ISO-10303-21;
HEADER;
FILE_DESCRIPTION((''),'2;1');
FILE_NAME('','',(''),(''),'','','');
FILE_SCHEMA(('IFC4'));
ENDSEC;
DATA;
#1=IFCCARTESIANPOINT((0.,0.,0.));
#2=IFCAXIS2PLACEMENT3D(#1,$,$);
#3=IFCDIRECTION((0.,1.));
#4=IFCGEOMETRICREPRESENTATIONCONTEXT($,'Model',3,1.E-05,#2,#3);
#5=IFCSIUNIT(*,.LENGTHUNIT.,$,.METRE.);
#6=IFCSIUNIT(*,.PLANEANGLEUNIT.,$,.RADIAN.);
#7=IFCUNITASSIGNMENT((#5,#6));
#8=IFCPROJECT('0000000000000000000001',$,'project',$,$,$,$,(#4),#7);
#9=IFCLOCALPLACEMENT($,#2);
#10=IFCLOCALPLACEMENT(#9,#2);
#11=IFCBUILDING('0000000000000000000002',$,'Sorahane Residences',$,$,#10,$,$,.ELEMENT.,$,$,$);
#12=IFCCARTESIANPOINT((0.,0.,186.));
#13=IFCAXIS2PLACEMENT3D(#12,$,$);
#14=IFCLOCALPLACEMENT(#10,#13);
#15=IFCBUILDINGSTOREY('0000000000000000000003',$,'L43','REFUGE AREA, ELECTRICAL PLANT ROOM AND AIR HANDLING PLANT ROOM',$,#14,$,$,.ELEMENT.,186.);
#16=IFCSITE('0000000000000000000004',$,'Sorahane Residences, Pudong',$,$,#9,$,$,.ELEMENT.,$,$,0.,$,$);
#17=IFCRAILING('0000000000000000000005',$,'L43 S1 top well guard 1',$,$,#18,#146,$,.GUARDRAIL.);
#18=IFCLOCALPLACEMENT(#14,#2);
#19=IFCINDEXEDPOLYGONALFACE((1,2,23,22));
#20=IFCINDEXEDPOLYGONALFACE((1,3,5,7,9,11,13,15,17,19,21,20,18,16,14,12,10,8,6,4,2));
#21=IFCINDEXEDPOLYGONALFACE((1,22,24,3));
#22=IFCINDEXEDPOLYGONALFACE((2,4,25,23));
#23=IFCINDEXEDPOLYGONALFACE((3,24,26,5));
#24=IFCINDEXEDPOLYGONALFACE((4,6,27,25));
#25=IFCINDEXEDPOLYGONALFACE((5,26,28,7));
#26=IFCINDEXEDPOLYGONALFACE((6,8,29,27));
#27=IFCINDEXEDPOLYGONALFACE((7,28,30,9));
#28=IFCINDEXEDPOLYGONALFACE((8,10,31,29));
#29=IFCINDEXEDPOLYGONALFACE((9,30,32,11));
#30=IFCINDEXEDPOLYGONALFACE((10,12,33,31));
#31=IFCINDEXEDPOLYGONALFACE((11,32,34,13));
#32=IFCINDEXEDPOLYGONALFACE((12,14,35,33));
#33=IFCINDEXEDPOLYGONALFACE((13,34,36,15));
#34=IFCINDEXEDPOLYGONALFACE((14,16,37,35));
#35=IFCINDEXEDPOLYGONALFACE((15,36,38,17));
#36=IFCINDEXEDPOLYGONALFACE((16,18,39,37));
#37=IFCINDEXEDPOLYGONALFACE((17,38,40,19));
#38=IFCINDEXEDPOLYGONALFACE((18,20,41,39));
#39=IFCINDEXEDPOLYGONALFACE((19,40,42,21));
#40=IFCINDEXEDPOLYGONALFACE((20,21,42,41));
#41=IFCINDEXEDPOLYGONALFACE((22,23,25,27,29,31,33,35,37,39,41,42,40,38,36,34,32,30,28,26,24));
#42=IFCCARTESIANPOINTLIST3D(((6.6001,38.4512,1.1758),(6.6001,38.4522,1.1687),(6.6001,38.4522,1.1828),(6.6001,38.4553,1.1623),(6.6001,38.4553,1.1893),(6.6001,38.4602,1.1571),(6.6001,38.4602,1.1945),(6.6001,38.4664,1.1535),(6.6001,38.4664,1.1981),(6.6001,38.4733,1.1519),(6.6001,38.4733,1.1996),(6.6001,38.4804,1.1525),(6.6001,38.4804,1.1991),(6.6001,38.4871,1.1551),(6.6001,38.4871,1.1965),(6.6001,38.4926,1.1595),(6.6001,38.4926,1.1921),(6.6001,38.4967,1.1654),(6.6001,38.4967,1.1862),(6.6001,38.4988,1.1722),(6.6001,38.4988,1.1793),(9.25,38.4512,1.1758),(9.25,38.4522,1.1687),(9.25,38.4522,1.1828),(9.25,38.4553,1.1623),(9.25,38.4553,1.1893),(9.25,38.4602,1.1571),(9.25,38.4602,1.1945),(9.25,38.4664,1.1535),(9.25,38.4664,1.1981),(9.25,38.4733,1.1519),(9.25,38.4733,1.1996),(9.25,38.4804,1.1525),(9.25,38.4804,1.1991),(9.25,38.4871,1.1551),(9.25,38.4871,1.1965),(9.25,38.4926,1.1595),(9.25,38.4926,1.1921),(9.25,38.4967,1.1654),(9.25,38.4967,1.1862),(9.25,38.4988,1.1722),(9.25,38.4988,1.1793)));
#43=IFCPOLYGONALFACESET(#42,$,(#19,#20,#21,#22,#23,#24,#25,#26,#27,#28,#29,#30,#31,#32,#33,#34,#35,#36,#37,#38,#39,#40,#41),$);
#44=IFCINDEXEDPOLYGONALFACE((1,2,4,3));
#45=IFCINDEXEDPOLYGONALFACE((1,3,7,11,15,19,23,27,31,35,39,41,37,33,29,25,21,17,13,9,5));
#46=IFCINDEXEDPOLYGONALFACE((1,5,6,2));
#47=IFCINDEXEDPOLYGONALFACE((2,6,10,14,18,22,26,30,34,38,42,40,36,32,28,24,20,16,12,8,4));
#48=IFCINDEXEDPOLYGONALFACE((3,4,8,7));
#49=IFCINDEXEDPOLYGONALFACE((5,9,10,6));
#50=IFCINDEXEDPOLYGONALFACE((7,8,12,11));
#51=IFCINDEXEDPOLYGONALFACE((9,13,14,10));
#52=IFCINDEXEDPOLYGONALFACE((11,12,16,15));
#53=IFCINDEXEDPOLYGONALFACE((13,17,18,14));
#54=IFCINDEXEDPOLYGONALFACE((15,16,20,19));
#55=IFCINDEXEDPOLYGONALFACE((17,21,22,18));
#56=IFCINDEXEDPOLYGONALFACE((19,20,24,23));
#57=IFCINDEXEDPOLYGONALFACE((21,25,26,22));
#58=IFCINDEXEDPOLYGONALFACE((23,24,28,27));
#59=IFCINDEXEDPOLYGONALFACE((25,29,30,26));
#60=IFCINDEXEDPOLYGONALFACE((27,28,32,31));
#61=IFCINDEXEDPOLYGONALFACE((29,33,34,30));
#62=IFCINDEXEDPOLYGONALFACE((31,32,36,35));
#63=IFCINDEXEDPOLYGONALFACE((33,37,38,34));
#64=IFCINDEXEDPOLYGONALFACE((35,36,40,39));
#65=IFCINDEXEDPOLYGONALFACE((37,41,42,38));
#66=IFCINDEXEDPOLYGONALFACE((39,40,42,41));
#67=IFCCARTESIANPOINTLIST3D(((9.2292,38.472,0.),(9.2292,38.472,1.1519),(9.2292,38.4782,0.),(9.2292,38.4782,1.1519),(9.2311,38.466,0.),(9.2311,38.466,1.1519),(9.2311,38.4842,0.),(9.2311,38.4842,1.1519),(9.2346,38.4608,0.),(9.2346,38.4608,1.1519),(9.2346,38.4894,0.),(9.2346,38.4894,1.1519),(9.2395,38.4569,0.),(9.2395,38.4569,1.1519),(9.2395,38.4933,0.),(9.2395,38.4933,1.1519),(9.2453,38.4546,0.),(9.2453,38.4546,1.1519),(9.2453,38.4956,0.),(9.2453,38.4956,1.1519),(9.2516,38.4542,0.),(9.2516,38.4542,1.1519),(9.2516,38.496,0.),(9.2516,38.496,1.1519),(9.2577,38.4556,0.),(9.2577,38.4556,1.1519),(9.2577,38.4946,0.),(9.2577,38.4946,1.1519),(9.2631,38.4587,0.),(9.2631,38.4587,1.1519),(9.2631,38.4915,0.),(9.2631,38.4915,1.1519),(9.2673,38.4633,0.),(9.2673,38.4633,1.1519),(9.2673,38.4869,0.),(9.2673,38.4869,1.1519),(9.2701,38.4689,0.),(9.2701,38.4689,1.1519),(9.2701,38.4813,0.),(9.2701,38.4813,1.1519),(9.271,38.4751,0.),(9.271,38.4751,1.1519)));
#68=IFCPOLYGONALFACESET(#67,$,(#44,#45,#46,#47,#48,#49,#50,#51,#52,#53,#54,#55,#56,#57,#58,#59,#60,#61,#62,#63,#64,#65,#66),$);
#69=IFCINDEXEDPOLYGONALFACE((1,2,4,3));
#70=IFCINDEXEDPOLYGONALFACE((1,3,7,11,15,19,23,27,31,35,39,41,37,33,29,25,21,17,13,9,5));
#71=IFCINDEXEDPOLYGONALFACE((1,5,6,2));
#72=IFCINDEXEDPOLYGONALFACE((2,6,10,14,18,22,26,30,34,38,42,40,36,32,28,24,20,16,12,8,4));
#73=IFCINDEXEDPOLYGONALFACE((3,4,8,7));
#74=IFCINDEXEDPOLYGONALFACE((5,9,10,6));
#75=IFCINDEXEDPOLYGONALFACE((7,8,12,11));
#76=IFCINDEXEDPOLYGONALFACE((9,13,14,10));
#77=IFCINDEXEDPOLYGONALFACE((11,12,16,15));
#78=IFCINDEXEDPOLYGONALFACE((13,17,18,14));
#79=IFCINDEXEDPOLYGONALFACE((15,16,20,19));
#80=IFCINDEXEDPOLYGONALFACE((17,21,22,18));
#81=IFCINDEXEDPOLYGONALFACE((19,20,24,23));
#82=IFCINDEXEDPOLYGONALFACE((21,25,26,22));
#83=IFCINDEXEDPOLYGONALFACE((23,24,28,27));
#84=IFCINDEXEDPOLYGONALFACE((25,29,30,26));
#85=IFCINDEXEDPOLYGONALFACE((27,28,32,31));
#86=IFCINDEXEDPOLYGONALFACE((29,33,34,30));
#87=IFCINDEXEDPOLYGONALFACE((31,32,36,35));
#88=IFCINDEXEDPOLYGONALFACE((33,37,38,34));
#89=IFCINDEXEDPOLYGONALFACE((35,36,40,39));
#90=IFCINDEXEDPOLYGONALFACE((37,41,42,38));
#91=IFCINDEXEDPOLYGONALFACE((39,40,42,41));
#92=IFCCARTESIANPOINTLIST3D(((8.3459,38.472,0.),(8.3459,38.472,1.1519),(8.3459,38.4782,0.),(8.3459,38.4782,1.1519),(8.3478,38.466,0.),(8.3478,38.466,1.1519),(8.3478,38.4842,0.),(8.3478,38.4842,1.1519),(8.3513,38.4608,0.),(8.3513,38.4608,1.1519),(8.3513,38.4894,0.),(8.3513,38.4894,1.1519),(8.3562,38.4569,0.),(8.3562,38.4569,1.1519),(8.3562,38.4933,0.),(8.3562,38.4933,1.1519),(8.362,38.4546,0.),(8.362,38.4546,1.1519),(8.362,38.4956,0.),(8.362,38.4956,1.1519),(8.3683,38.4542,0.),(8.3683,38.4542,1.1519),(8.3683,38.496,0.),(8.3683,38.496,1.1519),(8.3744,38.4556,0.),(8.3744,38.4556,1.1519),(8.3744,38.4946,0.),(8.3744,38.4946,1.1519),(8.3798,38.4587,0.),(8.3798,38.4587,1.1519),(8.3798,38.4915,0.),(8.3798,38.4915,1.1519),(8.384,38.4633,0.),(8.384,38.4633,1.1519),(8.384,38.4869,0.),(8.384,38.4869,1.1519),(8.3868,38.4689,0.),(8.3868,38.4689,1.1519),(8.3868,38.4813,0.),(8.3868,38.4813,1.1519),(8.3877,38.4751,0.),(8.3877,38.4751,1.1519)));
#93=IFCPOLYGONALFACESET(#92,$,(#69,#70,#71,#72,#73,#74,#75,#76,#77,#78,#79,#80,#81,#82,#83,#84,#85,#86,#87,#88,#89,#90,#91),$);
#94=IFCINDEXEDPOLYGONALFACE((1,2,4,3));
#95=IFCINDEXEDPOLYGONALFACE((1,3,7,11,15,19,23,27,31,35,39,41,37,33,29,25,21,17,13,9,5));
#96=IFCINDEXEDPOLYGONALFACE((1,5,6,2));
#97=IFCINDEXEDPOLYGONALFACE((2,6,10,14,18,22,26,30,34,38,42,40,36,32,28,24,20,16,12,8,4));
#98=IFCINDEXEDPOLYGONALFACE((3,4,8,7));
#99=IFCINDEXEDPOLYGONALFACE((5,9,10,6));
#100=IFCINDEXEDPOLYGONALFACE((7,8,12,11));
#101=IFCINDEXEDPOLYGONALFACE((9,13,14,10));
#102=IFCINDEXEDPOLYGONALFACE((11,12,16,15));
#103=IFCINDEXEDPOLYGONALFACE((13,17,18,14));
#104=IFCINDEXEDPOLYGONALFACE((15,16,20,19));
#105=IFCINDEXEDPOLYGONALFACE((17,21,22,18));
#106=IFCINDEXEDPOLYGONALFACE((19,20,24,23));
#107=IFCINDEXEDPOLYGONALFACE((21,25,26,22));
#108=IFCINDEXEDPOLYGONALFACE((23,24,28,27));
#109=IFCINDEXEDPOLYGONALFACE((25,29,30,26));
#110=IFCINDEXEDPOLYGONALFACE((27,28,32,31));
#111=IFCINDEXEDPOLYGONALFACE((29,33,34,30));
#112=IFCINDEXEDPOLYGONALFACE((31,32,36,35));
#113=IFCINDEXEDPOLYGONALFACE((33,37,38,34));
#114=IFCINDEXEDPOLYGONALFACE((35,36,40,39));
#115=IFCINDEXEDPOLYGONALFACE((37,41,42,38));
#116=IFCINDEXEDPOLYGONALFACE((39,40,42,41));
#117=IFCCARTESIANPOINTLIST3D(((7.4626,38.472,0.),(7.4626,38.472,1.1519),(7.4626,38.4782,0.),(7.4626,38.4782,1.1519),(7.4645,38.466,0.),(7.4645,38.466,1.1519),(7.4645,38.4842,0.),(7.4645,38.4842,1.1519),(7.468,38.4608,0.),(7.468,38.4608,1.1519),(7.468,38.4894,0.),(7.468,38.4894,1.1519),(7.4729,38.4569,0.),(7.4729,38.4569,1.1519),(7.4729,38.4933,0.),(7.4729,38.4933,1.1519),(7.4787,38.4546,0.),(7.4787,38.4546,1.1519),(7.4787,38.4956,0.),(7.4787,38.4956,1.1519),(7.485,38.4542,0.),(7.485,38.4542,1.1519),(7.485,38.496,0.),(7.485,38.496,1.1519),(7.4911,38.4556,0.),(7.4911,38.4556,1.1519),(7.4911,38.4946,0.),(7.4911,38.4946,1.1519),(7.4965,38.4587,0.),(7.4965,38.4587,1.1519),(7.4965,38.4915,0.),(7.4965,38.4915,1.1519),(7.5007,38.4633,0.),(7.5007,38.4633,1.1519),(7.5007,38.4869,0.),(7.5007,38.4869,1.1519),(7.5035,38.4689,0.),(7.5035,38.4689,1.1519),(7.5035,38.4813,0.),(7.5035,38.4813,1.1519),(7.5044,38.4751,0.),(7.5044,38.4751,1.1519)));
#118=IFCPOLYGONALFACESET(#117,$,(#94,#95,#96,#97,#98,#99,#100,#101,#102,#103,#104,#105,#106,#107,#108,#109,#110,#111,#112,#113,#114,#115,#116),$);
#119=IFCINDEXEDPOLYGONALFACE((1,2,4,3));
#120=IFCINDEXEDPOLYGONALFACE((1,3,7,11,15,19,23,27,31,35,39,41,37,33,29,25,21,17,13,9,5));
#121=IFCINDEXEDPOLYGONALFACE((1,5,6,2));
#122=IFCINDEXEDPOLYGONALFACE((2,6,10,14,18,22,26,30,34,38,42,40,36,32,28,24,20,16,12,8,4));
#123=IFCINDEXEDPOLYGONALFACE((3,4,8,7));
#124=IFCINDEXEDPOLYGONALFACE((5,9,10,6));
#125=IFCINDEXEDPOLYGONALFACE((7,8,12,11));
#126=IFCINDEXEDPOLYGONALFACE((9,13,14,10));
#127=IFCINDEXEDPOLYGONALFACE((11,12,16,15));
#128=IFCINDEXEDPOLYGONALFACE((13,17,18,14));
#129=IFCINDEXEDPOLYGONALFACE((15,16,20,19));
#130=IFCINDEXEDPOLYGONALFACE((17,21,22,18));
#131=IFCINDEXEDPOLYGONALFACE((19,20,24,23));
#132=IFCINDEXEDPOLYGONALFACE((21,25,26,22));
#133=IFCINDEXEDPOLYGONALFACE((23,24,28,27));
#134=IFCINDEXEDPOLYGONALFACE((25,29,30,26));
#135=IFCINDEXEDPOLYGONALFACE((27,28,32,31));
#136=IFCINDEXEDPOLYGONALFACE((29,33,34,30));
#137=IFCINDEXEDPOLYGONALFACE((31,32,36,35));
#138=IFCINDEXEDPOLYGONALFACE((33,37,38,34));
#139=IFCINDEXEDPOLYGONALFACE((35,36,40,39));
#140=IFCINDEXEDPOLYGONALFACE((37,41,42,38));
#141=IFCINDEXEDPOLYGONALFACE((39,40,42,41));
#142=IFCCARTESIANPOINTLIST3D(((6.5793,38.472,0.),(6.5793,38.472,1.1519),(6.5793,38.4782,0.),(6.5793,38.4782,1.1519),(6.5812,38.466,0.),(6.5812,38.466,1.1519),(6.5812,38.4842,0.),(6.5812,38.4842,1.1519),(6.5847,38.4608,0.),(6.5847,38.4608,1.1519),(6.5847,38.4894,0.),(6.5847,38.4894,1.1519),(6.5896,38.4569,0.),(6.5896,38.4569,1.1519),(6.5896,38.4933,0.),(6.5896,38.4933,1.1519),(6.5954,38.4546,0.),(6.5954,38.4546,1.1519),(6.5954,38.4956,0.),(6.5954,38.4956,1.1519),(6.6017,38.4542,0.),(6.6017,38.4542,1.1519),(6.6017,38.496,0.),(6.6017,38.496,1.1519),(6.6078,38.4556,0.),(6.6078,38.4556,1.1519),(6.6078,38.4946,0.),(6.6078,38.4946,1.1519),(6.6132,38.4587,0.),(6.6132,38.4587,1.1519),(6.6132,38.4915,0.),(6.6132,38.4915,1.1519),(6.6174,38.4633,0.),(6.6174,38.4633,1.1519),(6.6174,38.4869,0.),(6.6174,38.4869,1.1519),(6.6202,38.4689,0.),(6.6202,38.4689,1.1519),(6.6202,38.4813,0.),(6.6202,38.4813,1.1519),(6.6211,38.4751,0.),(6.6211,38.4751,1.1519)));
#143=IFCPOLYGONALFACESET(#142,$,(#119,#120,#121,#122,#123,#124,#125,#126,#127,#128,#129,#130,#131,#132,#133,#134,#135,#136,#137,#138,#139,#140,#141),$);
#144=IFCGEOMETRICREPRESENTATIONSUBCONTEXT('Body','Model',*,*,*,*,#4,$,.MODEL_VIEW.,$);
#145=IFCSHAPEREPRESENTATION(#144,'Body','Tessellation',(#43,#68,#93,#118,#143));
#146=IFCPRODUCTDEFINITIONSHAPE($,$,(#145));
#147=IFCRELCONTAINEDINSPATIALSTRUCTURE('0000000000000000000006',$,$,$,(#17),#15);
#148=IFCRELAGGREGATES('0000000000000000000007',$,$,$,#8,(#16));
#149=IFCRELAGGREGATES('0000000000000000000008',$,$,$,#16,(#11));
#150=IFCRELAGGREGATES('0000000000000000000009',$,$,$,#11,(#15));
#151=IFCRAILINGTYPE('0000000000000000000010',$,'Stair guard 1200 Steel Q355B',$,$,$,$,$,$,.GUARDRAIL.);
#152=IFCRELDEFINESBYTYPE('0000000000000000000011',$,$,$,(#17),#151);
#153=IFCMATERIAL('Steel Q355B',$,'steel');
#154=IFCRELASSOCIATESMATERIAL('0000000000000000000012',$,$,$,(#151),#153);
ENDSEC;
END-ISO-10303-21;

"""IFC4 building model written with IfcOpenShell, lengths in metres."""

from ifc_helpers import new_model, si_unit, direction, frame, origin, origin_2d, place, context, subcontext, project, spatial, circle, extrude, material, type_object, element, save


model = new_model("IFC4")

# Units and contexts
model_context = context("Model", 3, precision=1e-05, world=origin(), true_north=direction((0.0, 1.0)))
body_context = subcontext(model_context, "Body", "Model", "MODEL_VIEW")
ifc_project = project(units=[si_unit("LENGTHUNIT", "METRE"), si_unit("PLANEANGLEUNIT", "RADIAN")], contexts=[model_context])

# Site, building, storey
site_placement = place(None, origin())
site = spatial("IfcSite", under=ifc_project, at=site_placement, Name="Sorahane Residences, Pudong", CompositionType="ELEMENT", RefElevation=0.0)
building_placement = place(site_placement, origin())
building = spatial("IfcBuilding", under=site, at=building_placement, Name="Sorahane Residences", CompositionType="ELEMENT")
storey_placement = place(building_placement, frame((0.0, 0.0, 186.0)))
storey = spatial("IfcBuildingStorey", under=building, at=storey_placement, Name="L43", Description="REFUGE AREA, ELECTRICAL PLANT ROOM AND AIR HANDLING PLANT ROOM", CompositionType="ELEMENT", Elevation=186.0)

# Railing
ifc_material_1 = material(Name="Steel Q355B", Category="steel")
railing_type_1 = type_object("IfcRailingType", Name="Stair guard 1200 Steel Q355B", PredefinedType="GUARDRAIL", material=ifc_material_1)
railing_1_placement = place(storey_placement, frame((9.25, 38.4751, 0.0)))
element("IfcRailing", 1, at=railing_1_placement, inside=storey, type_object=railing_type_1, Name="L43 S1 top well guard 1", PredefinedType="GUARDRAIL", context=body_context, shape_type="SweptSolid", body=[
    extrude(circle(Radius=0.0239, at=origin_2d()), frame((0.0, 0.0, 1.1758), z_axis=(-1.0, 0.0, 0.0), x_axis=(0.0, -1.0, 0.0)), (0.0, 0.0, 1.0), 2.6499),
    extrude(circle(Radius=0.021, at=origin_2d()), origin(), (0.0, 0.0, 1.0), 1.1519),
    extrude(circle(Radius=0.021, at=origin_2d()), frame((-0.8833, 0.0, 0.0)), (0.0, 0.0, 1.0), 1.1519),
    extrude(circle(Radius=0.021, at=origin_2d()), frame((-1.7666, 0.0, 0.0)), (0.0, 0.0, 1.0), 1.1519),
    extrude(circle(Radius=0.021, at=origin_2d()), frame((-2.6499, 0.0, 0.0)), (0.0, 0.0, 1.0), 1.1519),
])

save(model, "model.ifc")
